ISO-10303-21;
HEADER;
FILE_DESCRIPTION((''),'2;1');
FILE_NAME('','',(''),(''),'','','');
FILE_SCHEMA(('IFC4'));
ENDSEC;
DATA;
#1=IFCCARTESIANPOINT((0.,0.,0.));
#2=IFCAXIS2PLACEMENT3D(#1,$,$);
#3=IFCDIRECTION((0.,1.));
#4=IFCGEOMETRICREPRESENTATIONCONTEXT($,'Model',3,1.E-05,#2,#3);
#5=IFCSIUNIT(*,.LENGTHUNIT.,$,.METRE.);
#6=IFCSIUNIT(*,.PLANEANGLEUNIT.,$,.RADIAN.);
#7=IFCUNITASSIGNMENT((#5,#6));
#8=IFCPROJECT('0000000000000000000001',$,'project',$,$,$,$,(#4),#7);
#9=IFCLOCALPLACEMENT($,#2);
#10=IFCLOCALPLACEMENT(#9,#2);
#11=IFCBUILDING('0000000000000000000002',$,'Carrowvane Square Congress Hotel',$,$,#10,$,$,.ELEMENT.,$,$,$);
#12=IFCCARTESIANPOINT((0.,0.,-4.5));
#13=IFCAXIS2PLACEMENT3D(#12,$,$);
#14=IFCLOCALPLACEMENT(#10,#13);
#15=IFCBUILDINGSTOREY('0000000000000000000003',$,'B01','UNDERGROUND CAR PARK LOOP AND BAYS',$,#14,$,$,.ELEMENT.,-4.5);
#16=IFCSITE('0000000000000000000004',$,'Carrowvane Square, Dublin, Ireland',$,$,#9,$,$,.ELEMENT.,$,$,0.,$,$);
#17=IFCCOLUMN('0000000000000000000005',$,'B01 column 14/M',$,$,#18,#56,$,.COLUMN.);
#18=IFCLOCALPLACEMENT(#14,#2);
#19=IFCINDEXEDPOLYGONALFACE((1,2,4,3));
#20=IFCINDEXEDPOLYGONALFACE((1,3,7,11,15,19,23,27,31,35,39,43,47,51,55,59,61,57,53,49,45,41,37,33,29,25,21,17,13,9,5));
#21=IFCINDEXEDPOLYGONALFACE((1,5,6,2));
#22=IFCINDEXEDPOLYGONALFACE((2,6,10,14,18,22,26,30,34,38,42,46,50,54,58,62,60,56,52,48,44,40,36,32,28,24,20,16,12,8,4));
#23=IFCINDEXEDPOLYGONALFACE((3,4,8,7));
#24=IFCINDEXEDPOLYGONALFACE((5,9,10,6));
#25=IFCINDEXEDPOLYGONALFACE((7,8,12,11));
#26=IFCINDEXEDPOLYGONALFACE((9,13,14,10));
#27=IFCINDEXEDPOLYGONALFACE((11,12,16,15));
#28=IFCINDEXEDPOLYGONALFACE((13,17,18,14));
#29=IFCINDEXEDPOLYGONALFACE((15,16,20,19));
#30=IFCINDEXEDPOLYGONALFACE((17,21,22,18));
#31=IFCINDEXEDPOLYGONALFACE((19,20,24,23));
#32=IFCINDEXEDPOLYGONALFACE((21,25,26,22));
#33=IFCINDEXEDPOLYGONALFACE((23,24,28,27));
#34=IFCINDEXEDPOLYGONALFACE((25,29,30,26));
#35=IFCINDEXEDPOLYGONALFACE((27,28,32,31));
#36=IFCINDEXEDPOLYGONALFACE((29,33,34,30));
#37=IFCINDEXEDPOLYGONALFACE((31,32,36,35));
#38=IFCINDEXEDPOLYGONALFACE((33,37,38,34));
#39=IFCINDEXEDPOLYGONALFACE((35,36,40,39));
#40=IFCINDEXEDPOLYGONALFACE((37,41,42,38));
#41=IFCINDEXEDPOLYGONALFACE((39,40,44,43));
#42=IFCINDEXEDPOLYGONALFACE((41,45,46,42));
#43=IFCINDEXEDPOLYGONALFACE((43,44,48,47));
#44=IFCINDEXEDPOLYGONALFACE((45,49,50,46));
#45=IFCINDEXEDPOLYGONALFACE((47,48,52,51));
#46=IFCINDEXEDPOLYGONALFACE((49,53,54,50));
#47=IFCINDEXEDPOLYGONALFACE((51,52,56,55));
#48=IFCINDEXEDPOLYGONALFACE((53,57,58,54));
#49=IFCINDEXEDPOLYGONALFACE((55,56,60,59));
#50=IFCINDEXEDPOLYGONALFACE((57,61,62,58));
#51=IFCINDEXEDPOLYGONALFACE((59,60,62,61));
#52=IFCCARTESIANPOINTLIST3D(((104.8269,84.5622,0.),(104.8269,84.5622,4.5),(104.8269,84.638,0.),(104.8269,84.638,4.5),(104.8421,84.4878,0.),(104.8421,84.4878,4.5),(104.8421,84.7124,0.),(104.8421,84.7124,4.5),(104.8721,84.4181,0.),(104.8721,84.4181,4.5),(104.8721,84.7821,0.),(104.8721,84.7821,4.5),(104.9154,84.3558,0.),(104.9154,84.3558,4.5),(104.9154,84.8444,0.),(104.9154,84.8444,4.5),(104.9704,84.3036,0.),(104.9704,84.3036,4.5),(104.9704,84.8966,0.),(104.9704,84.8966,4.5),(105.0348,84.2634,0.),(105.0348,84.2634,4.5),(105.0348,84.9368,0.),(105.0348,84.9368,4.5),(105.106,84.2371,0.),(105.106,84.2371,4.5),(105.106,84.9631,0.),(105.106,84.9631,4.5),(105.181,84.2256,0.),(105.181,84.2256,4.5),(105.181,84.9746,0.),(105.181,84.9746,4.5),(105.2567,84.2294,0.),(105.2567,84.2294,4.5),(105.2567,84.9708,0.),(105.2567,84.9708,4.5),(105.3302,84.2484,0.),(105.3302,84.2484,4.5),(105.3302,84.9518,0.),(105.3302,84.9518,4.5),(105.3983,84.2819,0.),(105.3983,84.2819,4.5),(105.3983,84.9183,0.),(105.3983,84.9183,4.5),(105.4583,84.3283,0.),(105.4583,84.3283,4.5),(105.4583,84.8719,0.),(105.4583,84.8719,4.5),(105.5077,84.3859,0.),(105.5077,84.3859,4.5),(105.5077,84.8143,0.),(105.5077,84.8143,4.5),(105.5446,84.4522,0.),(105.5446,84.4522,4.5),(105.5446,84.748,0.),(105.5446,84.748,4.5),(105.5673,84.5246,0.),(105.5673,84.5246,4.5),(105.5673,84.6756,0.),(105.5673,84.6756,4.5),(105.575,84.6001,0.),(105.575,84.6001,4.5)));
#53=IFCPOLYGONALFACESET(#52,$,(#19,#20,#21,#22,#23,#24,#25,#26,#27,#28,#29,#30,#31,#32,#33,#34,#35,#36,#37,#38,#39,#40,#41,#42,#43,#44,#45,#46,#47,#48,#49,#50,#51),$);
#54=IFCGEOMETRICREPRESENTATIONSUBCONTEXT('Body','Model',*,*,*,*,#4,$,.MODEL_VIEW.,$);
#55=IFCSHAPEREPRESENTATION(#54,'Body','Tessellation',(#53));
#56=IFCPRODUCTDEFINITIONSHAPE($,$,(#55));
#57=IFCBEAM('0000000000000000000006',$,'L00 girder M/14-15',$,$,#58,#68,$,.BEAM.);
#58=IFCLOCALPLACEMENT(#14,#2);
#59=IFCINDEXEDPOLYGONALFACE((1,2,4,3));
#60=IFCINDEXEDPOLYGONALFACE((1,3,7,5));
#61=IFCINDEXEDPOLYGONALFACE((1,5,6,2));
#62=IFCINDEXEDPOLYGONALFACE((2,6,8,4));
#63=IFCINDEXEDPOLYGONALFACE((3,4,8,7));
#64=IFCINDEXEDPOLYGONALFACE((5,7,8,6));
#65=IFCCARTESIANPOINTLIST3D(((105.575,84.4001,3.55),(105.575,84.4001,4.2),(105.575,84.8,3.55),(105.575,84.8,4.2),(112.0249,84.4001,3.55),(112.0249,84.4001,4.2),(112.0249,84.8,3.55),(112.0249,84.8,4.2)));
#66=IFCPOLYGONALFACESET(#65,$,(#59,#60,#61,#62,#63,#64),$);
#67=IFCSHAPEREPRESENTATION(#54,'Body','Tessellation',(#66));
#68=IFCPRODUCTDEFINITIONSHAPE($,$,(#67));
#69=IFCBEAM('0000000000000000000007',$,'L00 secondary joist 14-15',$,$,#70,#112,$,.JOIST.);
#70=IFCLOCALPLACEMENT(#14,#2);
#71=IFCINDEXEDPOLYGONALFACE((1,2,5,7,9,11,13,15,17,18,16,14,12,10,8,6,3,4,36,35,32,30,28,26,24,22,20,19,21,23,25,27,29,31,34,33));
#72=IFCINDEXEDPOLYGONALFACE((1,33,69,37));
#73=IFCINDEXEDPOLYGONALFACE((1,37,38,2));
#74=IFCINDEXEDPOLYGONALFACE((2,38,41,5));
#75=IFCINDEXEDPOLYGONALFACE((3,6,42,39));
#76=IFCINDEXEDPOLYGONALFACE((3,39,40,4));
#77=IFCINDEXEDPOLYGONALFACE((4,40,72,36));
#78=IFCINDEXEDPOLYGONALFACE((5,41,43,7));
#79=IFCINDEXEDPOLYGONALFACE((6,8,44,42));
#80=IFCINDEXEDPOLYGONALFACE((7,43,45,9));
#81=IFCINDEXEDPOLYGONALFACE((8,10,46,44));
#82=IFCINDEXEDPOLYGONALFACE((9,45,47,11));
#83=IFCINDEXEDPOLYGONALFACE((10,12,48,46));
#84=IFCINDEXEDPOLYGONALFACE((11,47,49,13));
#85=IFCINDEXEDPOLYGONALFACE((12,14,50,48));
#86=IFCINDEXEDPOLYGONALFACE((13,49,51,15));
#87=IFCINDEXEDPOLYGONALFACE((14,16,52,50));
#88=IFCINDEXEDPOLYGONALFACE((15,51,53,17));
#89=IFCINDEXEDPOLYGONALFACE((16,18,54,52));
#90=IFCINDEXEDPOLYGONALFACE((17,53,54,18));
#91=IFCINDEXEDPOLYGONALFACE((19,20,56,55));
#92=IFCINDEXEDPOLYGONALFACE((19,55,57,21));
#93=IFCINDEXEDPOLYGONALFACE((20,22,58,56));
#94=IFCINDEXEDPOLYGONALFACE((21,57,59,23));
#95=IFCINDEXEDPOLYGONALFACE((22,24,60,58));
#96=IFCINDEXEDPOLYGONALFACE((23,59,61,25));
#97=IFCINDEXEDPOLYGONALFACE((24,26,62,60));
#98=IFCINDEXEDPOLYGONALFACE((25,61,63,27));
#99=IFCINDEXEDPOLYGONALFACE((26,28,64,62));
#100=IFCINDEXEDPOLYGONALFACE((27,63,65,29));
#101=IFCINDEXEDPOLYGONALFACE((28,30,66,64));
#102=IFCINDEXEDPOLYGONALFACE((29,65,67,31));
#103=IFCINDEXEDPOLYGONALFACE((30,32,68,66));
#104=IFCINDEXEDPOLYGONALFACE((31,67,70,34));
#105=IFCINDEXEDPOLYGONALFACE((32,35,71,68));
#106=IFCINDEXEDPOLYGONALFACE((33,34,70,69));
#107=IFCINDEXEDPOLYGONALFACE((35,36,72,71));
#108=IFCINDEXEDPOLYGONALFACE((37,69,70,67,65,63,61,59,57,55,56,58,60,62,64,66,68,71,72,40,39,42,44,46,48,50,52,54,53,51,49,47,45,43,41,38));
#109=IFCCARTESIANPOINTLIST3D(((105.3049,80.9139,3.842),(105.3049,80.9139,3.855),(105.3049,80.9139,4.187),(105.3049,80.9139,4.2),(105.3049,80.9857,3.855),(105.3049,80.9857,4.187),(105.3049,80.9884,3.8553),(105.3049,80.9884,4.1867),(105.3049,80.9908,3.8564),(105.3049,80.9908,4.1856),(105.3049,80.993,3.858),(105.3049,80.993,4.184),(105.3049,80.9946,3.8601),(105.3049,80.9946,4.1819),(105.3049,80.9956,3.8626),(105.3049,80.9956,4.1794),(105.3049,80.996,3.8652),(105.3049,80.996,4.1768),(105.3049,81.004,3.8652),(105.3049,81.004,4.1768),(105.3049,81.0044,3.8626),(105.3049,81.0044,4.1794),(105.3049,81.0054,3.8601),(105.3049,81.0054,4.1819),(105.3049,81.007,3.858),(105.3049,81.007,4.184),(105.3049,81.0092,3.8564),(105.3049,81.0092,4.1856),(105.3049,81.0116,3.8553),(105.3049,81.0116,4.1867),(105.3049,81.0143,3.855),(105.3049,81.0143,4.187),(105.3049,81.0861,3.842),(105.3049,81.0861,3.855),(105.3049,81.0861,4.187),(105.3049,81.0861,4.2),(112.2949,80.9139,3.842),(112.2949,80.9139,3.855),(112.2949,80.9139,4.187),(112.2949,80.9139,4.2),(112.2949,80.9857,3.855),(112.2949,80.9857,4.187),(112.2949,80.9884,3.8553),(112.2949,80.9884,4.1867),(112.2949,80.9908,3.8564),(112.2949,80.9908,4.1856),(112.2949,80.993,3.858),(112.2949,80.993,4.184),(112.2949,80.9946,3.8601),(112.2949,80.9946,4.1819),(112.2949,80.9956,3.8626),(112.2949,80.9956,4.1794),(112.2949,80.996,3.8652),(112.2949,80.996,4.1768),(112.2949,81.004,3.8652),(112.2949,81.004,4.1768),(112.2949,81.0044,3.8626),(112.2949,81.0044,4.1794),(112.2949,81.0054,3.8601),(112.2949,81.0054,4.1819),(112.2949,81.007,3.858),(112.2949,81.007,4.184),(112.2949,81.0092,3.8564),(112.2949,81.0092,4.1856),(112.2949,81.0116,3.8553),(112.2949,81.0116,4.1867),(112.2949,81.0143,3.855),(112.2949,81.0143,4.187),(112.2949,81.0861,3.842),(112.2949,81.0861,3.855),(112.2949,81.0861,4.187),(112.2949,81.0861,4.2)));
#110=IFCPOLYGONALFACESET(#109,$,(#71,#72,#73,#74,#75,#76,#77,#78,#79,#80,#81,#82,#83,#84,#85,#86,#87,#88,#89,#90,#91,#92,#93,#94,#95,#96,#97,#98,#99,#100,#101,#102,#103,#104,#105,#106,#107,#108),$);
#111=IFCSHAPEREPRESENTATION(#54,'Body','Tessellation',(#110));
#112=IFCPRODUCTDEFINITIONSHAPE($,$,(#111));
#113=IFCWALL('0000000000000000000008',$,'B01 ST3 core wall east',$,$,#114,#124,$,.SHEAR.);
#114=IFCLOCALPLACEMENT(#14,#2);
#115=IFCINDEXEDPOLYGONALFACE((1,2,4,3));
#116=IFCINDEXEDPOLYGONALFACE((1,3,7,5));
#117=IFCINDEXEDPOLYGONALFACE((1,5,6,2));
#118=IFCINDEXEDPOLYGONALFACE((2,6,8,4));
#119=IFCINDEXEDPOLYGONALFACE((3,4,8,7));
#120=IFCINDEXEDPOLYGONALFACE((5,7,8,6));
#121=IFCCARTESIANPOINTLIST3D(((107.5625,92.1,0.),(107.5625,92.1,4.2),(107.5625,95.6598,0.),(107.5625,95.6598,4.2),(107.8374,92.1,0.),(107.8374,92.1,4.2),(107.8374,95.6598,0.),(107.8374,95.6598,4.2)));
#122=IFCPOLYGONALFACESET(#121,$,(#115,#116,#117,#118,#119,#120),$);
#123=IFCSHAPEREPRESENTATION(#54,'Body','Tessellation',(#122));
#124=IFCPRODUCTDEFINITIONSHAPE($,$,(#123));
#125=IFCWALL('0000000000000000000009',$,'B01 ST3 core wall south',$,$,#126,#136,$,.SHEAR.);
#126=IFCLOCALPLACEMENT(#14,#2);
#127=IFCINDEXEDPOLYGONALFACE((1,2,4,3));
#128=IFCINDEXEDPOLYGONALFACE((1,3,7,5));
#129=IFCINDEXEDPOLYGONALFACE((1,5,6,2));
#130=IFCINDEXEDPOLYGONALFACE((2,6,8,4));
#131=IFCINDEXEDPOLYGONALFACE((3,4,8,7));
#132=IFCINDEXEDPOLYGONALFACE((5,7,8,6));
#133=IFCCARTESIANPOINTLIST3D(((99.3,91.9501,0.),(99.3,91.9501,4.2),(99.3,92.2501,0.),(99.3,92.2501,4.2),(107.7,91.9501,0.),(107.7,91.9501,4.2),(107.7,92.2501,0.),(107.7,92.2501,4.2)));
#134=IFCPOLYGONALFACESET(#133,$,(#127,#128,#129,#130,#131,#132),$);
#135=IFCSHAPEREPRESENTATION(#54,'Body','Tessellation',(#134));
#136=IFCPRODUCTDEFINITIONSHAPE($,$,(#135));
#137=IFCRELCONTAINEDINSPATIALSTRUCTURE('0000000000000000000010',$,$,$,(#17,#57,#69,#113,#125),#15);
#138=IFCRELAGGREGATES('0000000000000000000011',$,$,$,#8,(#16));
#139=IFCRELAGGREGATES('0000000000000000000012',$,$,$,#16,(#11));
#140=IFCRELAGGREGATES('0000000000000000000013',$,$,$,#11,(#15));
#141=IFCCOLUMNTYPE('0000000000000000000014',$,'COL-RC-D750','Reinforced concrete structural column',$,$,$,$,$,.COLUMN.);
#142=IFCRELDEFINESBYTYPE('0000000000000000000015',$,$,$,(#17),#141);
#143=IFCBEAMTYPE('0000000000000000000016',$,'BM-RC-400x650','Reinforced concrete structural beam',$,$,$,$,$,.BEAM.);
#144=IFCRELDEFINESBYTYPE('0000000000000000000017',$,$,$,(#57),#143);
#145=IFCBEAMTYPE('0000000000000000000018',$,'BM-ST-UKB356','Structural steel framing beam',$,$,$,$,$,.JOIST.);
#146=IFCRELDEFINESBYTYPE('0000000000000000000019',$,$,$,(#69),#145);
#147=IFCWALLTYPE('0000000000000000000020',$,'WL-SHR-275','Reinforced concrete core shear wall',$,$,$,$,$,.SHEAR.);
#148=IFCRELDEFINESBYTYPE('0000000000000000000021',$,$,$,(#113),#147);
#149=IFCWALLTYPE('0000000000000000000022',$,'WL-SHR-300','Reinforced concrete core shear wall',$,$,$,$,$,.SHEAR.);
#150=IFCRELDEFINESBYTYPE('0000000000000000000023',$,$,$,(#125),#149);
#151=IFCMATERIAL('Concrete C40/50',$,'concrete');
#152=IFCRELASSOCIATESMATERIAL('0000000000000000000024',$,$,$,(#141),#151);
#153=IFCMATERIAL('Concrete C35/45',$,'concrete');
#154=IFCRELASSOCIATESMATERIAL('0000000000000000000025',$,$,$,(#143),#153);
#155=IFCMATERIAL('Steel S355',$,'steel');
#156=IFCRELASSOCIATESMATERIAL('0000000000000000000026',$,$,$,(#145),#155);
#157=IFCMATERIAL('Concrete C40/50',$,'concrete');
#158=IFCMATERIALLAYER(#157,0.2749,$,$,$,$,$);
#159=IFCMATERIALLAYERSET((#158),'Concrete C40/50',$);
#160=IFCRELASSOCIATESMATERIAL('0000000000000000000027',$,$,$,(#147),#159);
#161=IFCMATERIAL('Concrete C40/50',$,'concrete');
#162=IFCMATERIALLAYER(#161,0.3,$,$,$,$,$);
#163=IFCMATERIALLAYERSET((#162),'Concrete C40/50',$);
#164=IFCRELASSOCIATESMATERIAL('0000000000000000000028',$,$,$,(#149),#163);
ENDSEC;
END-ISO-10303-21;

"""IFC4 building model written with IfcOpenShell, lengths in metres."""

from ifc_helpers import new_model, si_unit, direction, frame, frame_2d, origin, origin_2d, place, context, subcontext, project, spatial, rectangle, circle, i_section, extrude, material, layer, layer_set, material_profile, profile_set, type_object, element, save


model = new_model("IFC4")

# Units and contexts
model_context = context("Model", 3, precision=1e-05, world=origin(), true_north=direction((0.0, 1.0)))
body_context = subcontext(model_context, "Body", "Model", "MODEL_VIEW")
ifc_project = project(units=[si_unit("LENGTHUNIT", "METRE"), si_unit("PLANEANGLEUNIT", "RADIAN")], contexts=[model_context])

# Site, building, storey
site_placement = place(None, origin())
site = spatial("IfcSite", under=ifc_project, at=site_placement, Name="Carrowvane Square, Dublin, Ireland", CompositionType="ELEMENT", RefElevation=0.0)
building_placement = place(site_placement, origin())
building = spatial("IfcBuilding", under=site, at=building_placement, Name="Carrowvane Square Congress Hotel", CompositionType="ELEMENT")
storey_placement = place(building_placement, frame((0.0, 0.0, -4.5)))
storey = spatial("IfcBuildingStorey", under=building, at=storey_placement, Name="B01", Description="UNDERGROUND CAR PARK LOOP AND BAYS", CompositionType="ELEMENT", Elevation=-4.5)

# Column
ifc_material_1 = material(Name="Concrete C40/50", Category="concrete")
ifc_material_profile_1 = material_profile(ifc_material_1, circle(Radius=0.375, at=origin_2d()), Name="RC D750")
ifc_profile_set_1 = profile_set([ifc_material_profile_1], Name="Concrete C40/50")
column_type = type_object("IfcColumnType", Name="COL-RC-D750", Description="Reinforced concrete structural column", PredefinedType="COLUMN", material=ifc_profile_set_1)
column_placement = place(storey_placement, frame((105.2, 84.6001, 0.0), z_axis=(0.0, 0.0, 1.0), x_axis=(1.0, 0.0, 0.0)))
element("IfcColumn", 1, at=column_placement, inside=storey, type_object=column_type, Name="B01 column 14/M", PredefinedType="COLUMN", context=body_context, shape_type="SweptSolid", body=[
    extrude(circle(Radius=0.375, at=origin_2d()), origin(), (0.0, 0.0, 1.0), 4.5),
])

# Beams
ifc_material_2 = material(Name="Concrete C35/45", Category="concrete")
ifc_material_profile_2 = material_profile(ifc_material_2, rectangle(XDim=0.3999, YDim=0.6499, at=origin_2d()), Name="RC 400x650")
ifc_profile_set_2 = profile_set([ifc_material_profile_2], Name="Concrete C35/45")
beam_type_1 = type_object("IfcBeamType", Name="BM-RC-400x650", Description="Reinforced concrete structural beam", PredefinedType="BEAM", material=ifc_profile_set_2)
beam_1_placement = place(storey_placement, frame((105.575, 84.6001, 3.875), z_axis=(1.0, 0.0, 0.0), x_axis=(0.0, 1.0, 0.0)))
element("IfcBeam", 2, at=beam_1_placement, inside=storey, type_object=beam_type_1, Name="L00 girder M/14-15", PredefinedType="BEAM", context=body_context, shape_type="SweptSolid", body=[
    extrude(rectangle(XDim=0.3999, YDim=0.6499, at=origin_2d()), origin(), (0.0, 0.0, 1.0), 6.45),
])
ifc_material_3 = material(Name="Steel S355", Category="steel")
ifc_material_profile_3 = material_profile(ifc_material_3, i_section(OverallWidth=0.1721, OverallDepth=0.3579, WebThickness=0.0081, FlangeThickness=0.0129, FilletRadius=0.0103, at=origin_2d()), Name="UKB 356x171x57")
ifc_profile_set_3 = profile_set([ifc_material_profile_3], Name="Steel S355")
beam_type_2 = type_object("IfcBeamType", Name="BM-ST-UKB356", Description="Structural steel framing beam", PredefinedType="JOIST", material=ifc_profile_set_3)
beam_2_placement = place(storey_placement, frame((105.3049, 81.0, 4.021), z_axis=(1.0, 0.0, 0.0), x_axis=(0.0, 1.0, 0.0)))
element("IfcBeam", 3, at=beam_2_placement, inside=storey, type_object=beam_type_2, Name="L00 secondary joist 14-15", PredefinedType="JOIST", context=body_context, shape_type="SweptSolid", body=[
    extrude(i_section(OverallWidth=0.1721, OverallDepth=0.3579, WebThickness=0.0081, FlangeThickness=0.0129, FilletRadius=0.0103, at=origin_2d()), origin(), (0.0, 0.0, 1.0), 6.99),
])

# Walls
ifc_material_4 = material(Name="Concrete C40/50", Category="concrete")
ifc_layer_1 = layer(ifc_material_4, 0.2749)
ifc_layer_set_1 = layer_set([ifc_layer_1], Name="Concrete C40/50")
wall_type_1 = type_object("IfcWallType", Name="WL-SHR-275", Description="Reinforced concrete core shear wall", PredefinedType="SHEAR", material=ifc_layer_set_1)
wall_1_placement = place(storey_placement, frame((107.7, 92.1001, 0.0), z_axis=(0.0, 0.0, 1.0), x_axis=(0.0, 1.0, 0.0)))
element("IfcWall", 4, at=wall_1_placement, inside=storey, type_object=wall_type_1, Name="B01 ST3 core wall east", PredefinedType="SHEAR", context=body_context, shape_type="SweptSolid", body=[
    extrude(rectangle(XDim=3.5598, YDim=0.2749, at=frame_2d((1.7798, 0.0))), origin(), (0.0, 0.0, 1.0), 4.2),
])
ifc_material_5 = material(Name="Concrete C40/50", Category="concrete")
ifc_layer_2 = layer(ifc_material_5, 0.3)
ifc_layer_set_2 = layer_set([ifc_layer_2], Name="Concrete C40/50")
wall_type_2 = type_object("IfcWallType", Name="WL-SHR-300", Description="Reinforced concrete core shear wall", PredefinedType="SHEAR", material=ifc_layer_set_2)
wall_2_placement = place(storey_placement, frame((99.3, 92.1001, 0.0), z_axis=(0.0, 0.0, 1.0), x_axis=(1.0, 0.0, 0.0)))
element("IfcWall", 5, at=wall_2_placement, inside=storey, type_object=wall_type_2, Name="B01 ST3 core wall south", PredefinedType="SHEAR", context=body_context, shape_type="SweptSolid", body=[
    extrude(rectangle(XDim=8.3999, YDim=0.3, at=frame_2d((4.2, 0.0))), origin(), (0.0, 0.0, 1.0), 4.2),
])

save(model, "model.ifc")
